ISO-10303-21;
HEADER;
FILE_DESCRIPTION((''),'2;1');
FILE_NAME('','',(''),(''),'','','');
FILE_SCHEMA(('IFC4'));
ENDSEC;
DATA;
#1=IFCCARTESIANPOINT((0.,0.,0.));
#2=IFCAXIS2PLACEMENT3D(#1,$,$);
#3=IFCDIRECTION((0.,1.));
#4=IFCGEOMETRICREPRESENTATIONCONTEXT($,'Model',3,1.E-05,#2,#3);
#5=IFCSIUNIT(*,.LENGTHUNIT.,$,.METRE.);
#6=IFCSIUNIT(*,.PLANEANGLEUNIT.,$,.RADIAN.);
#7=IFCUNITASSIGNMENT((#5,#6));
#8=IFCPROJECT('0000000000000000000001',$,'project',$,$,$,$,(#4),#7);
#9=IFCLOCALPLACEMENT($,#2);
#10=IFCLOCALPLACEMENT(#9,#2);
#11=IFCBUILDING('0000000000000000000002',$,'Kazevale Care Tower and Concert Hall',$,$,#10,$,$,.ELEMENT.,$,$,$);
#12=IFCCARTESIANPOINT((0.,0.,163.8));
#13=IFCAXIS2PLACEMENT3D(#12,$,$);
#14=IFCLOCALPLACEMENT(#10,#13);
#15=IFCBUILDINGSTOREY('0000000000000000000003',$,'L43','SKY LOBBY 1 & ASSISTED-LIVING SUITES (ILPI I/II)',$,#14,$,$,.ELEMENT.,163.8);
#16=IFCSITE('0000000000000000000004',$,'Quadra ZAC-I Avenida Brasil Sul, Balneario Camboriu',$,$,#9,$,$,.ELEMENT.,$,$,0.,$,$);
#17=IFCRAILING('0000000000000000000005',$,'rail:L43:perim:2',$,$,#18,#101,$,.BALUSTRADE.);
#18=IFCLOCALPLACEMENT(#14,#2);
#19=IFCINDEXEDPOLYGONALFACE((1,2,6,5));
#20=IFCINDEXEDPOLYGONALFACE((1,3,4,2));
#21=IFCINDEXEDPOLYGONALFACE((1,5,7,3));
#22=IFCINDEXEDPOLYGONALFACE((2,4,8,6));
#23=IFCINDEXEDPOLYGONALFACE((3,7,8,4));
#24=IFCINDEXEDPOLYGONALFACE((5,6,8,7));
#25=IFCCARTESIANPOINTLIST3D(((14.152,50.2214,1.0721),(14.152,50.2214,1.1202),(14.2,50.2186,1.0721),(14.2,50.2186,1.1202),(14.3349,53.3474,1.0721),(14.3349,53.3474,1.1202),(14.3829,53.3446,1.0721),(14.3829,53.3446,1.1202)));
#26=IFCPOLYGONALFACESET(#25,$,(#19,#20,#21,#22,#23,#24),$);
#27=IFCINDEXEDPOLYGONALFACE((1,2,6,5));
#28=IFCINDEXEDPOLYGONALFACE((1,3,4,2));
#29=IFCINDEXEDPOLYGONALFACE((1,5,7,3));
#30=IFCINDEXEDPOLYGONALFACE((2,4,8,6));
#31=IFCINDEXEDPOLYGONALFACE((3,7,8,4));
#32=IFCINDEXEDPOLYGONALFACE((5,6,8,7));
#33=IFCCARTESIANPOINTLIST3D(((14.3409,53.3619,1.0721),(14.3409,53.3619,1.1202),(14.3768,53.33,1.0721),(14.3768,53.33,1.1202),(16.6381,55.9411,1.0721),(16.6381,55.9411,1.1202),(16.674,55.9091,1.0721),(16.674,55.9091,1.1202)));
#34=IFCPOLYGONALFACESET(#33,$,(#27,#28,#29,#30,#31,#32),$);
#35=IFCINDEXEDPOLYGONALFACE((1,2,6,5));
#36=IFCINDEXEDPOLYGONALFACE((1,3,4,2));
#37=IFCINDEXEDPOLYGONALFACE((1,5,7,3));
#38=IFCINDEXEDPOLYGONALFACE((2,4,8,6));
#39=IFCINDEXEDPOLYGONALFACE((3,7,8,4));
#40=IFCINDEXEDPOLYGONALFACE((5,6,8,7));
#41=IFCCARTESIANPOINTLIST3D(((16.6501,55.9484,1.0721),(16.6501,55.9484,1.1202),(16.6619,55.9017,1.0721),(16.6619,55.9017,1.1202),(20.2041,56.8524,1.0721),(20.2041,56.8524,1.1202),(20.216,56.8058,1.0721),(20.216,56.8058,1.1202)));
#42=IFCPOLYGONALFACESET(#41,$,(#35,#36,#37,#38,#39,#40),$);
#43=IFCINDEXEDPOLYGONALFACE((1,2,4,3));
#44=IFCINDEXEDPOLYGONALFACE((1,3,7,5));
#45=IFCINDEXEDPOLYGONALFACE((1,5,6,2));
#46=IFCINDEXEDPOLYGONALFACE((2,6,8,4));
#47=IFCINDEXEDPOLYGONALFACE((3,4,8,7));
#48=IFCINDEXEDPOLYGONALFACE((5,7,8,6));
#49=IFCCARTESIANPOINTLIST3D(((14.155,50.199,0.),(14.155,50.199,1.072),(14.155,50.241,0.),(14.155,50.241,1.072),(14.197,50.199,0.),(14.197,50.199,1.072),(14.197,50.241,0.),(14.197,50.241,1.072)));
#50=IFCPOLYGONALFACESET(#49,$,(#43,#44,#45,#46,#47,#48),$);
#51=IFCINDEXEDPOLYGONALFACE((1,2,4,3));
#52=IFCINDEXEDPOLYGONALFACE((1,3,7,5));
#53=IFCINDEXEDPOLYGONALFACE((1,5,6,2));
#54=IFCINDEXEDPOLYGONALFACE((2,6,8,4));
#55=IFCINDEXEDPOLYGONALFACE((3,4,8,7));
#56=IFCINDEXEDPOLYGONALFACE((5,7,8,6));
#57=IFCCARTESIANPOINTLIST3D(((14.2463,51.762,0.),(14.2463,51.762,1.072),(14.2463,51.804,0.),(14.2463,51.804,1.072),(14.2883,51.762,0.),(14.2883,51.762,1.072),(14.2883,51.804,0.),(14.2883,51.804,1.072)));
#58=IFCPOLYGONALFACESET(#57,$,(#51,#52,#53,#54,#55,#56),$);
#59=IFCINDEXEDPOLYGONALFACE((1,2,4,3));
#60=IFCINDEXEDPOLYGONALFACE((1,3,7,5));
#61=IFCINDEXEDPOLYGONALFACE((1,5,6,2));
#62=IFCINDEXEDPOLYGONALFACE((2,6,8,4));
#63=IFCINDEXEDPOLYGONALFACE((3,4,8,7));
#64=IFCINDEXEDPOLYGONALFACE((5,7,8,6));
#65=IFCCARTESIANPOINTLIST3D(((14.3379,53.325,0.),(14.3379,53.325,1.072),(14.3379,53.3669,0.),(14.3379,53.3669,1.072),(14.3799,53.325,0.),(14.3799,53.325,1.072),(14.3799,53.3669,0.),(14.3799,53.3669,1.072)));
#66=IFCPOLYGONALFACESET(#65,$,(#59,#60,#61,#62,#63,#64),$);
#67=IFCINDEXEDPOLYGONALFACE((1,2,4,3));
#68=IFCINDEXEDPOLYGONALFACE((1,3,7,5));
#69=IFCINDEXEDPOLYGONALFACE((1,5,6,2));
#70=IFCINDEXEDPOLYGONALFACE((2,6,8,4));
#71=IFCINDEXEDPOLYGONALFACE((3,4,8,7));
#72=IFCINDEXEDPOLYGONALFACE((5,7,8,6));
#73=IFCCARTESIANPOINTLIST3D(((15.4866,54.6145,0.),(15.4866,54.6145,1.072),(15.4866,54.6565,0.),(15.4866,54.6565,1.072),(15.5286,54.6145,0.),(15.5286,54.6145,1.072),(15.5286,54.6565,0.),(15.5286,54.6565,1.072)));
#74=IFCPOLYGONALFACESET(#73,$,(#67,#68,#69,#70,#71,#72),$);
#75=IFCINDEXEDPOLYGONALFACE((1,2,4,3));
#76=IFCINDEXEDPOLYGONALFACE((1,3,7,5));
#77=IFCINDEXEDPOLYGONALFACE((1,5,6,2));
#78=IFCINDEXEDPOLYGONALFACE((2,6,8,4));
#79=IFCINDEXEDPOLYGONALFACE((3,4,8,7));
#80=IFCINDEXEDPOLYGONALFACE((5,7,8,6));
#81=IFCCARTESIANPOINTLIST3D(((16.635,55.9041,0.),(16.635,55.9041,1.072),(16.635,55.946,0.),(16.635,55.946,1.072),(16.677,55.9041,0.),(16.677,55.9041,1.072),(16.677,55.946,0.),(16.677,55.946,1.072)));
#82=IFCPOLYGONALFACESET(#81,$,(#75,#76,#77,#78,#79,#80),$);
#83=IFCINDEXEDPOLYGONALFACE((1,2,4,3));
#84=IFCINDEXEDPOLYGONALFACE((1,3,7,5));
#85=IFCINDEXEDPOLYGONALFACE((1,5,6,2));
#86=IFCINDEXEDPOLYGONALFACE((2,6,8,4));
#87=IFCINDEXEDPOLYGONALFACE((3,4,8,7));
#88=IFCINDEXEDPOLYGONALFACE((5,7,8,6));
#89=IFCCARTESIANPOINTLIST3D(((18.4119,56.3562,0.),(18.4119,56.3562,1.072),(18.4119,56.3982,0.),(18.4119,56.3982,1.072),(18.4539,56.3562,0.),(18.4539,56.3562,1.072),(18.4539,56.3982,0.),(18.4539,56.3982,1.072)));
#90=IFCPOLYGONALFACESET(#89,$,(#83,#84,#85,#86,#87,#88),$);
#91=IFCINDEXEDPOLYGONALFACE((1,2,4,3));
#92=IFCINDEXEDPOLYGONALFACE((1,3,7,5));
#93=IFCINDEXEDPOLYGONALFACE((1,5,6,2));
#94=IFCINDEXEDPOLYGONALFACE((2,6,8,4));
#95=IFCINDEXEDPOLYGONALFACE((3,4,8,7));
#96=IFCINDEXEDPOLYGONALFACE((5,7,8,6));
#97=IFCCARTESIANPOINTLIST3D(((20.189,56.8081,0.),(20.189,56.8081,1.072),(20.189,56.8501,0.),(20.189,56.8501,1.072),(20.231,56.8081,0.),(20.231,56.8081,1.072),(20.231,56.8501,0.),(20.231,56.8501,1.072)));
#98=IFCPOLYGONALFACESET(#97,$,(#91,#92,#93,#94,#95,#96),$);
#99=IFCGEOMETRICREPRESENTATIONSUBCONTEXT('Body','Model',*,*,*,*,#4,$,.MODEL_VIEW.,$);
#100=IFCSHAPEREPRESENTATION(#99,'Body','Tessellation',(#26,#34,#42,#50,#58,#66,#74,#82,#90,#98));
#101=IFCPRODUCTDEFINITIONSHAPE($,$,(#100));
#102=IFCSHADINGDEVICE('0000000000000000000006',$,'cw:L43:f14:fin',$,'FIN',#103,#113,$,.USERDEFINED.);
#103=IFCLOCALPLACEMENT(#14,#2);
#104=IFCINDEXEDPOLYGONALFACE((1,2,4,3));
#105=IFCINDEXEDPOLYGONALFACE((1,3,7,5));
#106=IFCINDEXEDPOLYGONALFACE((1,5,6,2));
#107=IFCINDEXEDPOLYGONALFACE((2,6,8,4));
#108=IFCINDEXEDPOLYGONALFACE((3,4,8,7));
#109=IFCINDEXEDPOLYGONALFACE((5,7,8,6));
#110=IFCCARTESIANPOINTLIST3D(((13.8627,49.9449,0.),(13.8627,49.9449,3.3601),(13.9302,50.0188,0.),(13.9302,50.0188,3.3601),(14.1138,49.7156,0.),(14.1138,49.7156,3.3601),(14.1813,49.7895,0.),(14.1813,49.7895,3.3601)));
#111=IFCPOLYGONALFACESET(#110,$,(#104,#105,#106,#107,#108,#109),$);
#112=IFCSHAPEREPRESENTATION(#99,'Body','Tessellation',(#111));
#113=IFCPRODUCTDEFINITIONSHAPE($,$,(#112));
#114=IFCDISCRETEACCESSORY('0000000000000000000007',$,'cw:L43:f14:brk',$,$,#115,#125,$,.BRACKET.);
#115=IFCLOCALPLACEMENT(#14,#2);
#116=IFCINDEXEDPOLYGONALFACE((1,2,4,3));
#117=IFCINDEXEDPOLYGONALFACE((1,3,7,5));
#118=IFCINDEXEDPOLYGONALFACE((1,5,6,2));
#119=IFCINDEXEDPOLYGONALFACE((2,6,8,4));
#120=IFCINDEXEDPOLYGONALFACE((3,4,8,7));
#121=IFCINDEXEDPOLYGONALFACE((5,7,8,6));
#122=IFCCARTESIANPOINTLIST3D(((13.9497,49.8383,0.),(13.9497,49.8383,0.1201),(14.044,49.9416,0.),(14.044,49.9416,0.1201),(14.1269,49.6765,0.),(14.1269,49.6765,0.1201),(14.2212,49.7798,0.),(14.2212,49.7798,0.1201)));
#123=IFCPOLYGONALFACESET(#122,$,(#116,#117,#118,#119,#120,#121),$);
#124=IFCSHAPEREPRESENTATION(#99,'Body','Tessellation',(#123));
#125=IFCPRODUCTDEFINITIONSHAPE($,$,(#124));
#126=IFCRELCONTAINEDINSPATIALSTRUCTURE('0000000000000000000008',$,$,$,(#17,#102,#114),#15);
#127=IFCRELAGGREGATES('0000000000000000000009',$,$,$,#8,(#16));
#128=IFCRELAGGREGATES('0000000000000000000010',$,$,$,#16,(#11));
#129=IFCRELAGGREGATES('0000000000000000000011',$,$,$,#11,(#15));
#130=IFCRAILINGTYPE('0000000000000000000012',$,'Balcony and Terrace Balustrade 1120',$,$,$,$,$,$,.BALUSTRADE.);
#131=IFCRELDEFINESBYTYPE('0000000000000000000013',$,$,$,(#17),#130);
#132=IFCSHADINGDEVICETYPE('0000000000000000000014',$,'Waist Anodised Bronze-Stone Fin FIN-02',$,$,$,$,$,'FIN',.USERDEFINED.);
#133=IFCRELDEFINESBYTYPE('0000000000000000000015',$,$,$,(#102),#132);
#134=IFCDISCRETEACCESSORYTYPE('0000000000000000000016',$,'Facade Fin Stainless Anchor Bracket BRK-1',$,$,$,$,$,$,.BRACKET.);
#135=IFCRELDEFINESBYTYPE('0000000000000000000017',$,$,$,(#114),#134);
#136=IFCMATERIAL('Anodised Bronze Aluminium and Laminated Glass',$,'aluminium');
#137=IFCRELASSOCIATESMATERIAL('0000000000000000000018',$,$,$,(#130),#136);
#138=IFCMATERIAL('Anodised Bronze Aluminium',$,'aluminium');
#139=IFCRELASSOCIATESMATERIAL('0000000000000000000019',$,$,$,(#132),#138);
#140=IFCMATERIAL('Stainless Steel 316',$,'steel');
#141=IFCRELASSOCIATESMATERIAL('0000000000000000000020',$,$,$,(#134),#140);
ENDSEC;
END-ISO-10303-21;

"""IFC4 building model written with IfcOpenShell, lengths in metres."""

from ifc_helpers import new_model, si_unit, direction, frame, origin, origin_2d, place, context, subcontext, project, spatial, rectangle, extrude, material, type_object, element, save


model = new_model("IFC4")

# Units and contexts
model_context = context("Model", 3, precision=1e-05, world=origin(), true_north=direction((0.0, 1.0)))
body_context = subcontext(model_context, "Body", "Model", "MODEL_VIEW")
ifc_project = project(units=[si_unit("LENGTHUNIT", "METRE"), si_unit("PLANEANGLEUNIT", "RADIAN")], contexts=[model_context])

# Site, building, storey
site_placement = place(None, origin())
site = spatial("IfcSite", under=ifc_project, at=site_placement, Name="Quadra ZAC-I Avenida Brasil Sul, Balneario Camboriu", CompositionType="ELEMENT", RefElevation=0.0)
building_placement = place(site_placement, origin())
building = spatial("IfcBuilding", under=site, at=building_placement, Name="Kazevale Care Tower and Concert Hall", CompositionType="ELEMENT")
storey_placement = place(building_placement, frame((0.0, 0.0, 163.8)))
storey = spatial("IfcBuildingStorey", under=building, at=storey_placement, Name="L43", Description="SKY LOBBY 1 & ASSISTED-LIVING SUITES (ILPI I/II)", CompositionType="ELEMENT", Elevation=163.8)

# Railing
ifc_material_1 = material(Name="Anodised Bronze Aluminium and Laminated Glass", Category="aluminium")
railing_type = type_object("IfcRailingType", Name="Balcony and Terrace Balustrade 1120", PredefinedType="BALUSTRADE", material=ifc_material_1)
railing_placement = place(storey_placement, frame((14.176, 50.22, 0.0)))
element("IfcRailing", 1, at=railing_placement, inside=storey, type_object=railing_type, Name="rail:L43:perim:2", PredefinedType="BALUSTRADE", context=body_context, shape_type="SweptSolid", body=[
    extrude(rectangle(XDim=0.0481, YDim=0.0481, at=origin_2d()), frame((0.0, 0.0, 1.0962), z_axis=(0.058398, 0.998293, 0.0), x_axis=(-0.998293, 0.058398, 0.0)), (0.0, 0.0, 1.0), 3.1313),
    extrude(rectangle(XDim=0.0481, YDim=0.0481, at=origin_2d()), frame((0.1829, 3.126, 1.0962), z_axis=(0.665105, 0.74675, 0.0), x_axis=(-0.74675, 0.665105, 0.0)), (0.0, 0.0, 1.0), 3.4539),
    extrude(rectangle(XDim=0.0481, YDim=0.0481, at=origin_2d()), frame((2.48, 5.7051, 1.0962), z_axis=(0.969136, 0.246528, 0.0), x_axis=(-0.246528, 0.969136, 0.0)), (0.0, 0.0, 1.0), 3.6672),
    extrude(rectangle(XDim=0.042, YDim=0.042, at=origin_2d()), origin(), (0.0, 0.0, 1.0), 1.072),
    extrude(rectangle(XDim=0.042, YDim=0.042, at=origin_2d()), frame((0.0913, 1.563, 0.0)), (0.0, 0.0, 1.0), 1.072),
    extrude(rectangle(XDim=0.042, YDim=0.042, at=origin_2d()), frame((0.1829, 3.126, 0.0)), (0.0, 0.0, 1.0), 1.072),
    extrude(rectangle(XDim=0.042, YDim=0.042, at=origin_2d()), frame((1.3315, 4.4155, 0.0)), (0.0, 0.0, 1.0), 1.072),
    extrude(rectangle(XDim=0.042, YDim=0.042, at=origin_2d()), frame((2.48, 5.7051, 0.0)), (0.0, 0.0, 1.0), 1.072),
    extrude(rectangle(XDim=0.042, YDim=0.042, at=origin_2d()), frame((4.2568, 6.1572, 0.0)), (0.0, 0.0, 1.0), 1.072),
    extrude(rectangle(XDim=0.042, YDim=0.042, at=origin_2d()), frame((6.0339, 6.6091, 0.0)), (0.0, 0.0, 1.0), 1.072),
])

# Shading device
ifc_material_2 = material(Name="Anodised Bronze Aluminium", Category="aluminium")
shading_device_type = type_object("IfcShadingDeviceType", Name="Waist Anodised Bronze-Stone Fin FIN-02", ElementType="FIN", PredefinedType="USERDEFINED", material=ifc_material_2)
shading_device_placement = place(storey_placement, frame((14.022, 49.8672, 0.0), z_axis=(0.0, 0.0, 1.0), x_axis=(-0.738455, 0.674302, 0.0)))
element("IfcShadingDevice", 2, at=shading_device_placement, inside=storey, type_object=shading_device_type, Name="cw:L43:f14:fin", ObjectType="FIN", PredefinedType="USERDEFINED", context=body_context, shape_type="SweptSolid", body=[
    extrude(rectangle(XDim=0.3401, YDim=0.1001, at=origin_2d()), origin(), (0.0, 0.0, 1.0), 3.3601),
])

# Discrete accessory
ifc_material_3 = material(Name="Stainless Steel 316", Category="steel")
discrete_accessory_type = type_object("IfcDiscreteAccessoryType", Name="Facade Fin Stainless Anchor Bracket BRK-1", PredefinedType="BRACKET", material=ifc_material_3)
discrete_accessory_placement = place(storey_placement, frame((14.0854, 49.8091, 0.0), z_axis=(0.0, 0.0, 1.0), x_axis=(-0.738455, 0.674302, 0.0)))
element("IfcDiscreteAccessory", 3, at=discrete_accessory_placement, inside=storey, type_object=discrete_accessory_type, Name="cw:L43:f14:brk", PredefinedType="BRACKET", context=body_context, shape_type="SweptSolid", body=[
    extrude(rectangle(XDim=0.24, YDim=0.1399, at=origin_2d()), origin(), (0.0, 0.0, 1.0), 0.1201),
])

save(model, "model.ifc")
